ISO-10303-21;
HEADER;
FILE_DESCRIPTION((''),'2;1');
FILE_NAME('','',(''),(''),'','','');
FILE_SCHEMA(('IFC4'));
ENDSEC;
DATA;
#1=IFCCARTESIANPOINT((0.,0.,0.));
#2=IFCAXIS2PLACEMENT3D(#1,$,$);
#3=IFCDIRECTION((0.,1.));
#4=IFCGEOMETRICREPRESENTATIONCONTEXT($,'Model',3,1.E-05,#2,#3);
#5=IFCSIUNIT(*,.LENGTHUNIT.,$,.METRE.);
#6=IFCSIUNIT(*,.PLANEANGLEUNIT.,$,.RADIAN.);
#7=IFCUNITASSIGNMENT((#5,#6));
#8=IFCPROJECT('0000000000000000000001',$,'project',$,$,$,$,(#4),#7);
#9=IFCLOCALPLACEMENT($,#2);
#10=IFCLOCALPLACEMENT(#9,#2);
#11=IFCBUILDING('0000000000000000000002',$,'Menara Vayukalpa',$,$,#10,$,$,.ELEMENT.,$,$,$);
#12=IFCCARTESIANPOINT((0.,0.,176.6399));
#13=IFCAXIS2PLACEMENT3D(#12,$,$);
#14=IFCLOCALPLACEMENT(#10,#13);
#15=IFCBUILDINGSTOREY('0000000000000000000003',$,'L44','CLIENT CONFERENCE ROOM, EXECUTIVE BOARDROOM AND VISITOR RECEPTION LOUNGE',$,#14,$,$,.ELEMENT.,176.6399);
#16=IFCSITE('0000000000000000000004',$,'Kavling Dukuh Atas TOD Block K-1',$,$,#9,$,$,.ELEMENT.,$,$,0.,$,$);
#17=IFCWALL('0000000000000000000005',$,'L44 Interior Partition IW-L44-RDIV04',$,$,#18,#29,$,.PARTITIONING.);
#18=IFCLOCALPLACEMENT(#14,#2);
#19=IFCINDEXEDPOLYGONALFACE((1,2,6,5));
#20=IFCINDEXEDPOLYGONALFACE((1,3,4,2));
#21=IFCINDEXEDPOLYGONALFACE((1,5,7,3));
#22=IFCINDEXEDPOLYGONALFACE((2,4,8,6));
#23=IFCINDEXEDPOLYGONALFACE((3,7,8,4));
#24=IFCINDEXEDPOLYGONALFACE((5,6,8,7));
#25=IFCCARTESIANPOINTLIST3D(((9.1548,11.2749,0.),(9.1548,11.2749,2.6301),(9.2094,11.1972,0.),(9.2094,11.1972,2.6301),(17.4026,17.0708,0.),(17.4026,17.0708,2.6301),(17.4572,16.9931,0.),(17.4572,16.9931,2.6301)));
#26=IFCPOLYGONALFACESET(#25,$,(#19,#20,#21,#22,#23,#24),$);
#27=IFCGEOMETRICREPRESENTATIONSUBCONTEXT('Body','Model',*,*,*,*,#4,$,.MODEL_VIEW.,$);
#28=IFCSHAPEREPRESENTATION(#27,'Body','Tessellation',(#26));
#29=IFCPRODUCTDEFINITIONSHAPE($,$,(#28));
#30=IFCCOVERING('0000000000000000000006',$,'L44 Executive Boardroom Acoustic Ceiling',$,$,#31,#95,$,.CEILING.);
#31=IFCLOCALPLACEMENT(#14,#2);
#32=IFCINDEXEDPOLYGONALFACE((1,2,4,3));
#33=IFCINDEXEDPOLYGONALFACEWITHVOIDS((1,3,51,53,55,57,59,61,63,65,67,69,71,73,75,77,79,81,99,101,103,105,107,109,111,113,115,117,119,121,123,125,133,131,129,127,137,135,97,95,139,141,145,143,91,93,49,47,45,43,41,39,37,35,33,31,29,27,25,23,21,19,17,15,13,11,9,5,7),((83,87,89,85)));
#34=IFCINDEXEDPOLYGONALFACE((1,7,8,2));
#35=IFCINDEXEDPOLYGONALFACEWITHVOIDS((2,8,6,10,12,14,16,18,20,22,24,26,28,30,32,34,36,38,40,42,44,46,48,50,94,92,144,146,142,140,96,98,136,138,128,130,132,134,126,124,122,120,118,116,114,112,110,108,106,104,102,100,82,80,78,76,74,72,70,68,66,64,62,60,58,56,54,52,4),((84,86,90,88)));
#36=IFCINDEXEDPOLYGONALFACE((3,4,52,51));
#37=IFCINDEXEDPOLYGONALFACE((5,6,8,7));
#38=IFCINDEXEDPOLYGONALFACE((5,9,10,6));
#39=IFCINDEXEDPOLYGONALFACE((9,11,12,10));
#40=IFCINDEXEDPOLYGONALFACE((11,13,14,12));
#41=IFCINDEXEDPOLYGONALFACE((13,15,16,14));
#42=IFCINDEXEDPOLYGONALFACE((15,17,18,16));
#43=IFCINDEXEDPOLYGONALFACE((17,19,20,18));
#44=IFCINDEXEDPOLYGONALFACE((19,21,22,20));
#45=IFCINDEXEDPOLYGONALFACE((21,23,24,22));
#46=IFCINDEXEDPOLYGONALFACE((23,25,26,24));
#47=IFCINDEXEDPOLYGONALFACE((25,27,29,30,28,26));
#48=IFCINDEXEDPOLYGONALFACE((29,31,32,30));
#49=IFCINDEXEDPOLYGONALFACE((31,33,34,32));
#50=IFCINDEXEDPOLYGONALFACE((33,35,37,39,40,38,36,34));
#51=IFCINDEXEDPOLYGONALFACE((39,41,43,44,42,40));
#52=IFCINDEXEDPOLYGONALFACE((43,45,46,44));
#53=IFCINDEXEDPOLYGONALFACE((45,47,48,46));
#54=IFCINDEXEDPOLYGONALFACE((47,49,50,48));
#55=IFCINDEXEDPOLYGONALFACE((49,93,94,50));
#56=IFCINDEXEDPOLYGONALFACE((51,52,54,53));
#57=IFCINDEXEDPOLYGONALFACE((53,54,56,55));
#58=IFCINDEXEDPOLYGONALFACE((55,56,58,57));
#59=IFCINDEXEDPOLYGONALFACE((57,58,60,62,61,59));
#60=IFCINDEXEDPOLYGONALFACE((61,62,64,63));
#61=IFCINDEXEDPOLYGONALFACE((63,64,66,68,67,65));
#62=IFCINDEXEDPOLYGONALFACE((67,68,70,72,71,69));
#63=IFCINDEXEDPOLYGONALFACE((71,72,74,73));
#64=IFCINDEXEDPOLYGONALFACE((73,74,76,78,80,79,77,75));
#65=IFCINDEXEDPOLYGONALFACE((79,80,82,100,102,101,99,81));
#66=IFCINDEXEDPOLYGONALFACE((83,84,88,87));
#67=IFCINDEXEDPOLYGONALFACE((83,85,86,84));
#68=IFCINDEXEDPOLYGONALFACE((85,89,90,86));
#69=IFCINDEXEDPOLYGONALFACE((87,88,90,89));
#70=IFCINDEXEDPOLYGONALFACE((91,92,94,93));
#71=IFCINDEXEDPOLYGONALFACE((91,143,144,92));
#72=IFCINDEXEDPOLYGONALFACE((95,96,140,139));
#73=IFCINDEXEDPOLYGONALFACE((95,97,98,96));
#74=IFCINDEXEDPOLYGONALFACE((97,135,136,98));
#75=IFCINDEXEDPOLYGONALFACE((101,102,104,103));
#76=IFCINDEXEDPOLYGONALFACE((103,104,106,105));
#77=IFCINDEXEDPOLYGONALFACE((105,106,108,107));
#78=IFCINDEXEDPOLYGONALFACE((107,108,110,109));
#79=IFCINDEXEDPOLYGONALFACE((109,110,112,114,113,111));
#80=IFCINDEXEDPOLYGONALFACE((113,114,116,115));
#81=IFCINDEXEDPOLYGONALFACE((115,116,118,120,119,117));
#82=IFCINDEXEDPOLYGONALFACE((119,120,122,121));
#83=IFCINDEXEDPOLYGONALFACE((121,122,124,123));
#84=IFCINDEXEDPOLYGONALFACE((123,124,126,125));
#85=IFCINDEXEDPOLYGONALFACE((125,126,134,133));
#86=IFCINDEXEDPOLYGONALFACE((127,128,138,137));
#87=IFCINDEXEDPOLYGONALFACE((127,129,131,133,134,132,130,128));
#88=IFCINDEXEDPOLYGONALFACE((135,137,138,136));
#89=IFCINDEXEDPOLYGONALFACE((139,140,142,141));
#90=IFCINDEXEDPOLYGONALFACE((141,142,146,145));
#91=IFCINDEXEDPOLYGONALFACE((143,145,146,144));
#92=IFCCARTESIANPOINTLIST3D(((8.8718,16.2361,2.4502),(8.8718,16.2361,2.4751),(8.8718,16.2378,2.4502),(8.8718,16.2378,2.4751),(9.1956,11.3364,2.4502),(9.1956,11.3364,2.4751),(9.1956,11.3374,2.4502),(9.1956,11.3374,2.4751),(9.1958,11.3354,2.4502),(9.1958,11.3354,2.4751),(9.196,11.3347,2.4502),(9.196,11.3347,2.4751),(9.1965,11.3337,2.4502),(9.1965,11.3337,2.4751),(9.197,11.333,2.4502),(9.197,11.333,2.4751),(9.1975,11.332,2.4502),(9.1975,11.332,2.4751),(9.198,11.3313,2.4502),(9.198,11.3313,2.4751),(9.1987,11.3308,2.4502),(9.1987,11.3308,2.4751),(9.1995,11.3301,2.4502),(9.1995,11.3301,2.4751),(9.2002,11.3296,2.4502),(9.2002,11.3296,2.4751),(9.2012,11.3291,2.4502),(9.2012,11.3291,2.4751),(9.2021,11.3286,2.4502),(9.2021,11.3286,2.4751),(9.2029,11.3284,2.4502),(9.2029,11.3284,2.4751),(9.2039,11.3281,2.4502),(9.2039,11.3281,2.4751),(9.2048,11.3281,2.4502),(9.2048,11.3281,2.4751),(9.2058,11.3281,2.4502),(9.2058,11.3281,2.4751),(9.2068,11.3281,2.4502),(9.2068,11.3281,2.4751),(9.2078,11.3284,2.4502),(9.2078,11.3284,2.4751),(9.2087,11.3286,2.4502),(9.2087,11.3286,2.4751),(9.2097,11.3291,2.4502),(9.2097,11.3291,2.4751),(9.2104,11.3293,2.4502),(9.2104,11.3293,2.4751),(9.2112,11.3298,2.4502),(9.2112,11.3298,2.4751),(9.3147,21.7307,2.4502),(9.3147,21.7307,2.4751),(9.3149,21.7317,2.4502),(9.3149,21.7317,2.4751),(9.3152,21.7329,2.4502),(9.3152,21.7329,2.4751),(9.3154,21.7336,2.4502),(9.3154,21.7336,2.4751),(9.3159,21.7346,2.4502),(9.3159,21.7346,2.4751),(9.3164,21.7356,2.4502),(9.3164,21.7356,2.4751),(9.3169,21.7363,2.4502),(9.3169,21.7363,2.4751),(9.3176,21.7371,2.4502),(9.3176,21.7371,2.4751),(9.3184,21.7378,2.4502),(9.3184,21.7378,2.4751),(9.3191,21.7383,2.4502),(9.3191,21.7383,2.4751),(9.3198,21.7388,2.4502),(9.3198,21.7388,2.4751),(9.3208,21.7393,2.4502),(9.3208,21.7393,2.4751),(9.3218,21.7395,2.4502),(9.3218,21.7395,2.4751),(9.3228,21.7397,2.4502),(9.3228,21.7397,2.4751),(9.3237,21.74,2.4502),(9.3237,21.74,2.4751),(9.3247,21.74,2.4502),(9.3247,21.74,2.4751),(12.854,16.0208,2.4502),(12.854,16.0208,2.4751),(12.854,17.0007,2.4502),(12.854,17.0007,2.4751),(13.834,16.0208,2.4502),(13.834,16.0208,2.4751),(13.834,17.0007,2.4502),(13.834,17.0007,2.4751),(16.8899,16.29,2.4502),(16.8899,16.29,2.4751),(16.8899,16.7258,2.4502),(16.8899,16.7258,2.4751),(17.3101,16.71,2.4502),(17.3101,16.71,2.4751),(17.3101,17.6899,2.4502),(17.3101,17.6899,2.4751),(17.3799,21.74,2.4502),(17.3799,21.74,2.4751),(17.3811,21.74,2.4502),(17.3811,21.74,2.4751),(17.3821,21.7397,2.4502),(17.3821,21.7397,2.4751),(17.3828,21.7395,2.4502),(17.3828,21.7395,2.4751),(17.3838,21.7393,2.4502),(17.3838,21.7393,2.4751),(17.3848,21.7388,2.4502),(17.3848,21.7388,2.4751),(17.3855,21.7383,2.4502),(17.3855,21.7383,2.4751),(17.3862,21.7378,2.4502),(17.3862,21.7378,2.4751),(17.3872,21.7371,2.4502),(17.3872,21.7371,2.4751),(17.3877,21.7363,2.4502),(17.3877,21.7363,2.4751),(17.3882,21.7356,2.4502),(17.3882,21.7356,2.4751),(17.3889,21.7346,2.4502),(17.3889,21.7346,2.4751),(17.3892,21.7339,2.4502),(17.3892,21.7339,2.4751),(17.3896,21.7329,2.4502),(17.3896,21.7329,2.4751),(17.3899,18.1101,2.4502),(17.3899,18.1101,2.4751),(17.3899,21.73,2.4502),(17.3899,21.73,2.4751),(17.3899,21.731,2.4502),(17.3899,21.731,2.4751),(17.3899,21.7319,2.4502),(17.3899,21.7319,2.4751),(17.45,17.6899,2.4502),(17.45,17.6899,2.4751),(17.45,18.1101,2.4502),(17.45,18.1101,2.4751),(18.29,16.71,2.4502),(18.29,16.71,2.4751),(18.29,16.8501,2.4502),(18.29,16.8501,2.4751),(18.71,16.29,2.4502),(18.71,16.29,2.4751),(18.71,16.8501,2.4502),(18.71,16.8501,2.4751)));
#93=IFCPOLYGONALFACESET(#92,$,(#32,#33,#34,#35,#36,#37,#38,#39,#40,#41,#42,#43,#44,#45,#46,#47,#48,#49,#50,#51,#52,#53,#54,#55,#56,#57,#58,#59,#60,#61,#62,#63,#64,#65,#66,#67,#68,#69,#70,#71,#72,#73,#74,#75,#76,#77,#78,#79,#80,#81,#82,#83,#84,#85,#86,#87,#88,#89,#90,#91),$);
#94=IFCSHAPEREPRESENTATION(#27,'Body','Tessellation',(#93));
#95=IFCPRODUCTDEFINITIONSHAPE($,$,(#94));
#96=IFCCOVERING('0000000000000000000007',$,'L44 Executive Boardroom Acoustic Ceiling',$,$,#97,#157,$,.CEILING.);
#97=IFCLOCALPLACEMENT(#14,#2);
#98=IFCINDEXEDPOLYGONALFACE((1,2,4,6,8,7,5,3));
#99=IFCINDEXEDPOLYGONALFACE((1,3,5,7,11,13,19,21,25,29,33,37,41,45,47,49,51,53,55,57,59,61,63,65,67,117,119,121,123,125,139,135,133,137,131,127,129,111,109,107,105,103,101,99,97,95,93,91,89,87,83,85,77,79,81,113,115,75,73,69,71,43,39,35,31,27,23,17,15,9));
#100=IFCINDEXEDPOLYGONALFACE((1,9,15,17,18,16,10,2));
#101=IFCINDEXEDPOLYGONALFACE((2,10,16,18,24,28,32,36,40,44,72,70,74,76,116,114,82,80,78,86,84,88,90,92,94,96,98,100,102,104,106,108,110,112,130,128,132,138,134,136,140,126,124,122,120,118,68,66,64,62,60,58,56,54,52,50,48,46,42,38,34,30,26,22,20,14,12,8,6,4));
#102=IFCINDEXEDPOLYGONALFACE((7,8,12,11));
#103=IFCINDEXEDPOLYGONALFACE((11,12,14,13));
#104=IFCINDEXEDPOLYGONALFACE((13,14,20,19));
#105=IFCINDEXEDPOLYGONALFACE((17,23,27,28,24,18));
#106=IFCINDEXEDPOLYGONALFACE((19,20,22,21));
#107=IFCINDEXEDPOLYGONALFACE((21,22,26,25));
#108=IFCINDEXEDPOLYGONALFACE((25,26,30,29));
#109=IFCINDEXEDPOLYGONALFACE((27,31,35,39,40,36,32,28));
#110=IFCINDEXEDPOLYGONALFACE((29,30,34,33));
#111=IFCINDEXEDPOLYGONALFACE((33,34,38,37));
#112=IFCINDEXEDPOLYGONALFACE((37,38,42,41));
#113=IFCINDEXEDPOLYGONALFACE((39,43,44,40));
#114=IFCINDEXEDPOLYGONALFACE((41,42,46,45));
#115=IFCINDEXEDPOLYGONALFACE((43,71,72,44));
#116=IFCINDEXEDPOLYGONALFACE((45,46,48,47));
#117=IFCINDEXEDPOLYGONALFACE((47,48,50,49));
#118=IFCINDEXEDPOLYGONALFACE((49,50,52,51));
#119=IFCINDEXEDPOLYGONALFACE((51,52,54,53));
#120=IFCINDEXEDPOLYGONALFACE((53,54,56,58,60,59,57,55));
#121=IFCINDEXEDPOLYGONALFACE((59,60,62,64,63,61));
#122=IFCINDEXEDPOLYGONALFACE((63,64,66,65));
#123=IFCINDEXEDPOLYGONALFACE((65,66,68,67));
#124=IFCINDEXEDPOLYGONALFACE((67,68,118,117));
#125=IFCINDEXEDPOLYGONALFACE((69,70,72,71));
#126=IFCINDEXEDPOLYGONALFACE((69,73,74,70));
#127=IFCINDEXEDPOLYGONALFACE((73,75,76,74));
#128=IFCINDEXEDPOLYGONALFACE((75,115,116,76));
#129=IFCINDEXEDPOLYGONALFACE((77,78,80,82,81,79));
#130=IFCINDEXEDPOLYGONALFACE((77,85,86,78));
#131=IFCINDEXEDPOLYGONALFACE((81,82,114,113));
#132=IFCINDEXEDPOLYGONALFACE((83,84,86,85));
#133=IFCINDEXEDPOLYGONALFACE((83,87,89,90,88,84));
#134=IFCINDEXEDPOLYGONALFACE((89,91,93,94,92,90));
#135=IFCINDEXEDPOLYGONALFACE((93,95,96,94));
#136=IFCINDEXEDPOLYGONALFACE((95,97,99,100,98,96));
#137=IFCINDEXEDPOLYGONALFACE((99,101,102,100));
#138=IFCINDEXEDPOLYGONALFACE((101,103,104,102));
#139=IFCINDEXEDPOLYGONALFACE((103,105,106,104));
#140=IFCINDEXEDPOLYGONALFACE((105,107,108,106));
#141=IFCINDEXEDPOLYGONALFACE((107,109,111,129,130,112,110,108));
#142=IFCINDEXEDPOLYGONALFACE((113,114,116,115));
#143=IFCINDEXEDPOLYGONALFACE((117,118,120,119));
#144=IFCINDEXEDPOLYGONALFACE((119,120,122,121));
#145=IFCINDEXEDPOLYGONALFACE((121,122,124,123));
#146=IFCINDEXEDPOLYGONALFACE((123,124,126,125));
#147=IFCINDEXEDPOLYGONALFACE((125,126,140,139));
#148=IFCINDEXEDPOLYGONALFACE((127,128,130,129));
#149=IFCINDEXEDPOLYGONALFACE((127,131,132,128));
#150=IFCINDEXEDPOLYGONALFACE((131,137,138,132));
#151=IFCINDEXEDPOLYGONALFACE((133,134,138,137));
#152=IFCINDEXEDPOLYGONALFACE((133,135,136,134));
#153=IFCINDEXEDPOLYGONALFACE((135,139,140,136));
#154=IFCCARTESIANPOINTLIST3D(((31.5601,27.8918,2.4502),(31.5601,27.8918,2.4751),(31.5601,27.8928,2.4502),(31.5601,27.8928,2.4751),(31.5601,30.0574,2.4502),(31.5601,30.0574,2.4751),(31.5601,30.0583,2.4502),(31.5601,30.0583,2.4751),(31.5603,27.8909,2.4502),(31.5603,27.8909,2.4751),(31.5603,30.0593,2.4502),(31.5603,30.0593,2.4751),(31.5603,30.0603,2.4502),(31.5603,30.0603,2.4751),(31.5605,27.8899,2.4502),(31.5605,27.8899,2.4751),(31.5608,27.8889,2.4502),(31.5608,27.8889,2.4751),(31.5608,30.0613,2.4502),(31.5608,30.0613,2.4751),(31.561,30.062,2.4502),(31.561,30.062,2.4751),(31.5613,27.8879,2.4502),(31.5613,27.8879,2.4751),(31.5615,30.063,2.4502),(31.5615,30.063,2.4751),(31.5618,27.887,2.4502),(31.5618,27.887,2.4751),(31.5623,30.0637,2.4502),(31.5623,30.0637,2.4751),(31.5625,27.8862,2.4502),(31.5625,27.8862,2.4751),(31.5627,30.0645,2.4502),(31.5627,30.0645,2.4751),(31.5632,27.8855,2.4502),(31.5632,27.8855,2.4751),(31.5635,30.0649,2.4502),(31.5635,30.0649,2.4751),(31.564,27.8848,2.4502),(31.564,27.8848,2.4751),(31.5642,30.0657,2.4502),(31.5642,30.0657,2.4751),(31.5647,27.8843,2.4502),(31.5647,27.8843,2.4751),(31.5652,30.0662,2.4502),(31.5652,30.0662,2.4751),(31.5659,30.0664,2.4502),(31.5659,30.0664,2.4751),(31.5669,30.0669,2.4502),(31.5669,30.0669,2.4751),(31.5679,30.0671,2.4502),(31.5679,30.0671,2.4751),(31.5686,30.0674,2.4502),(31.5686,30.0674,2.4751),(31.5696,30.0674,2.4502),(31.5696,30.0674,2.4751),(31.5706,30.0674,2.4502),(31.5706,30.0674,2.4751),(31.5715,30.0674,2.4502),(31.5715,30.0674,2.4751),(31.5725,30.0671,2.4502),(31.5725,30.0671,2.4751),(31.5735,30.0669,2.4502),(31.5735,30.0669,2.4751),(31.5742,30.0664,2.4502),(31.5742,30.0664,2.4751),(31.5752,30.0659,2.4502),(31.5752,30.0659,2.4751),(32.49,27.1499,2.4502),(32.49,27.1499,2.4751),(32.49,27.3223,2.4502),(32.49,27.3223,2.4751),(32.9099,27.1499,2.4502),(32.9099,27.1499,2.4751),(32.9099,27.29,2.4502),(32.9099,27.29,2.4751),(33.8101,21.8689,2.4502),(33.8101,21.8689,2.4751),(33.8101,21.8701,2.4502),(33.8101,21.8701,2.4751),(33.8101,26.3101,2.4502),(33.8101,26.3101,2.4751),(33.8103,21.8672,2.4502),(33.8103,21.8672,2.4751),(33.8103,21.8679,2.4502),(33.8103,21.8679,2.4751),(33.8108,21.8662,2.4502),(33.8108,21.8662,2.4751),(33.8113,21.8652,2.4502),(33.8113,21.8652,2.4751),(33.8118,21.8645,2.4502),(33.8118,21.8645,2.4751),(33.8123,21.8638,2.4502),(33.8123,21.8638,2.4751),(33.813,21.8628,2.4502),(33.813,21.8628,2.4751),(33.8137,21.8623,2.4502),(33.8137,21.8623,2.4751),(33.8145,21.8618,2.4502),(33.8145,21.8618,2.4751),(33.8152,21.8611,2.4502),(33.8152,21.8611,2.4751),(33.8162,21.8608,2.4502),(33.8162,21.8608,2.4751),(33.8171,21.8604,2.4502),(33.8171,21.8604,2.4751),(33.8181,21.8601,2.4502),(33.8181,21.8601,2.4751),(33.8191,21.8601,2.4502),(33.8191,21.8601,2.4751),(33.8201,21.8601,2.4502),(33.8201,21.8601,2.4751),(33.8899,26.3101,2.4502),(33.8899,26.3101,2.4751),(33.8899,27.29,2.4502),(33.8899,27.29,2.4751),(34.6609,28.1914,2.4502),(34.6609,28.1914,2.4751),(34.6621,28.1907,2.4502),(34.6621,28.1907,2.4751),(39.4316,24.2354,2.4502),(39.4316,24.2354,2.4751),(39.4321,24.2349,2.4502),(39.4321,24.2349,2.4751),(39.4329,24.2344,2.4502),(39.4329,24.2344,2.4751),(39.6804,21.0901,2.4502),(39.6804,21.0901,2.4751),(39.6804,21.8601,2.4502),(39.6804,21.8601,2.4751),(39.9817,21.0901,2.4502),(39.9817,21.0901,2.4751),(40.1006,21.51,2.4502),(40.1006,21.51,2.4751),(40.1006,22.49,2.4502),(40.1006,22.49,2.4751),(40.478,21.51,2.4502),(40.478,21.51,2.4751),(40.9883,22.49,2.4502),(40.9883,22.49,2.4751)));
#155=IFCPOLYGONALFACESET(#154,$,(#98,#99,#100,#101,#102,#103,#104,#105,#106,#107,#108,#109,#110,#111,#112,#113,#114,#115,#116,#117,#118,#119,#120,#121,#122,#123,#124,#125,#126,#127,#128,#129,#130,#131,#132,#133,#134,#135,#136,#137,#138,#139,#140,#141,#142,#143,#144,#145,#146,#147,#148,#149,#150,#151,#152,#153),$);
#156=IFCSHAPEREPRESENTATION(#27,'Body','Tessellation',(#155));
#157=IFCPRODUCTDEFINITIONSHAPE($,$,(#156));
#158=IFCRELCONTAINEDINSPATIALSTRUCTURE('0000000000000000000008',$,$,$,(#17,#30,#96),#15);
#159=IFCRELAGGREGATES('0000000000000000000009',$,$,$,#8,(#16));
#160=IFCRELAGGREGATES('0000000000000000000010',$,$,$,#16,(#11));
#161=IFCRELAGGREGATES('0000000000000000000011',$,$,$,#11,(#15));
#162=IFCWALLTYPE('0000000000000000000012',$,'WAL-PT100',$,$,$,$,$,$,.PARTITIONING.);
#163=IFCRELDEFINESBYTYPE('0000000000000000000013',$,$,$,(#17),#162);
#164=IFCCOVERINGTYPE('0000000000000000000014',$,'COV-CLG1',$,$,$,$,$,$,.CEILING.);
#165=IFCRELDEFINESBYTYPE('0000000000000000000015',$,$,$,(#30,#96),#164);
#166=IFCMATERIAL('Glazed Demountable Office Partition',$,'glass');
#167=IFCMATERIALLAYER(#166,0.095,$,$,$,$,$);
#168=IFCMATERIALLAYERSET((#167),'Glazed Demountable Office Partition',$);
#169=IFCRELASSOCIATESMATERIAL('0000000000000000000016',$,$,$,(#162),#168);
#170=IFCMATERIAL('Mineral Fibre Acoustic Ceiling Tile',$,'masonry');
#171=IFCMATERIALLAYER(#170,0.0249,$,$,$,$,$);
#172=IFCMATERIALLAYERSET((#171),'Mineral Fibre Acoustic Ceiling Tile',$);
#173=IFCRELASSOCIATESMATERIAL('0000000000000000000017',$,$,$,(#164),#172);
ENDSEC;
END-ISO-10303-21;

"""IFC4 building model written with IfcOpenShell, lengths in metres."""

from ifc_helpers import new_model, si_unit, direction, frame, frame_2d, origin, place, context, subcontext, project, spatial, polyline, rectangle, outline, extrude, material, layer, layer_set, type_object, element, save


model = new_model("IFC4")

# Units and contexts
model_context = context("Model", 3, precision=1e-05, world=origin(), true_north=direction((0.0, 1.0)))
body_context = subcontext(model_context, "Body", "Model", "MODEL_VIEW")
ifc_project = project(units=[si_unit("LENGTHUNIT", "METRE"), si_unit("PLANEANGLEUNIT", "RADIAN")], contexts=[model_context])

# Site, building, storey
site_placement = place(None, origin())
site = spatial("IfcSite", under=ifc_project, at=site_placement, Name="Kavling Dukuh Atas TOD Block K-1", CompositionType="ELEMENT", RefElevation=0.0)
building_placement = place(site_placement, origin())
building = spatial("IfcBuilding", under=site, at=building_placement, Name="Menara Vayukalpa", CompositionType="ELEMENT")
storey_placement = place(building_placement, frame((0.0, 0.0, 176.6399)))
storey = spatial("IfcBuildingStorey", under=building, at=storey_placement, Name="L44", Description="CLIENT CONFERENCE ROOM, EXECUTIVE BOARDROOM AND VISITOR RECEPTION LOUNGE", CompositionType="ELEMENT", Elevation=176.6399)

# Wall
ifc_material_1 = material(Name="Glazed Demountable Office Partition", Category="glass")
ifc_layer_1 = layer(ifc_material_1, 0.095)
ifc_layer_set_1 = layer_set([ifc_layer_1], Name="Glazed Demountable Office Partition")
wall_type_1 = type_object("IfcWallType", Name="WAL-PT100", PredefinedType="PARTITIONING", material=ifc_layer_set_1)
wall_1_placement = place(storey_placement, frame((9.1821, 11.2361, 0.0), z_axis=(0.0, 0.0, 1.0), x_axis=(0.818185, 0.574955, 0.0)))
element("IfcWall", 1, at=wall_1_placement, inside=storey, type_object=wall_type_1, Name="L44 Interior Partition IW-L44-RDIV04", PredefinedType="PARTITIONING", context=body_context, shape_type="SweptSolid", body=[
    extrude(rectangle(XDim=10.0806, YDim=0.095, at=frame_2d((5.0403, 0.0))), origin(), (0.0, 0.0, 1.0), 2.6301),
])

# Coverings
ifc_material_2 = material(Name="Mineral Fibre Acoustic Ceiling Tile", Category="masonry")
ifc_layer_2 = layer(ifc_material_2, 0.0249)
ifc_layer_set_2 = layer_set([ifc_layer_2], Name="Mineral Fibre Acoustic Ceiling Tile")
covering_type_1 = type_object("IfcCoveringType", Name="COV-CLG1", PredefinedType="CEILING", material=ifc_layer_set_2)
covering_1_placement = place(storey_placement, frame((0.0, 0.0, 2.4502)))
element("IfcCovering", 2, at=covering_1_placement, inside=storey, type_object=covering_type_1, Name="L44 Executive Boardroom Acoustic Ceiling", PredefinedType="CEILING", context=body_context, shape_type="SweptSolid", body=[
    extrude(outline(polyline([(9.3149, 21.7317), (9.3152, 21.7329), (9.3154, 21.7336), (9.3159, 21.7346), (9.3164, 21.7356), (9.3169, 21.7363), (9.3176, 21.7371), (9.3184, 21.7378), (9.3191, 21.7383), (9.3198, 21.7388), (9.3208, 21.7393), (9.3218, 21.7395), (9.3228, 21.7397), (9.3237, 21.74), (9.3247, 21.74), (17.3799, 21.74), (17.3811, 21.74), (17.3821, 21.7397), (17.3828, 21.7395), (17.3838, 21.7393), (17.3848, 21.7388), (17.3855, 21.7383), (17.3862, 21.7378), (17.3872, 21.7371), (17.3877, 21.7363), (17.3882, 21.7356), (17.3889, 21.7346), (17.3892, 21.7339), (17.3896, 21.7329), (17.3899, 21.7319), (17.3899, 21.731), (17.3899, 21.73), (17.3899, 18.1101), (17.45, 18.1101), (17.45, 17.6899), (17.3101, 17.6899), (17.3101, 16.71), (18.29, 16.71), (18.29, 16.8501), (18.71, 16.8501), (18.71, 16.29), (16.8899, 16.29), (16.8899, 16.7258), (9.2112, 11.3298), (9.2104, 11.3293), (9.2097, 11.3291), (9.2087, 11.3286), (9.2078, 11.3284), (9.2068, 11.3281), (9.2058, 11.3281), (9.2048, 11.3281), (9.2039, 11.3281), (9.2029, 11.3284), (9.2021, 11.3286), (9.2012, 11.3291), (9.2002, 11.3296), (9.1995, 11.3301), (9.1987, 11.3308), (9.198, 11.3313), (9.1975, 11.332), (9.197, 11.333), (9.1965, 11.3337), (9.196, 11.3347), (9.1958, 11.3354), (9.1956, 11.3364), (9.1956, 11.3374), (8.8718, 16.2361), (8.8718, 16.2378), (9.3147, 21.7307), (9.3149, 21.7317)]), holes=[polyline([(13.834, 17.0007), (12.854, 17.0007), (12.854, 16.0208), (13.834, 16.0208), (13.834, 17.0007)])]), origin(), (0.0, 0.0, 1.0), 0.0249),
])
covering_2_placement = place(storey_placement, frame((0.0, 0.0, 2.4502)))
element("IfcCovering", 3, at=covering_2_placement, inside=storey, type_object=covering_type_1, Name="L44 Executive Boardroom Acoustic Ceiling", PredefinedType="CEILING", context=body_context, shape_type="SweptSolid", body=[
    extrude(outline(polyline([(33.8201, 21.8601), (33.8191, 21.8601), (33.8181, 21.8601), (33.8171, 21.8604), (33.8162, 21.8608), (33.8152, 21.8611), (33.8145, 21.8618), (33.8137, 21.8623), (33.813, 21.8628), (33.8123, 21.8638), (33.8118, 21.8645), (33.8113, 21.8652), (33.8108, 21.8662), (33.8103, 21.8672), (33.8103, 21.8679), (33.8101, 21.8689), (33.8101, 21.8701), (33.8101, 26.3101), (33.8899, 26.3101), (33.8899, 27.29), (32.9099, 27.29), (32.9099, 27.1499), (32.49, 27.1499), (32.49, 27.3223), (31.5647, 27.8843), (31.564, 27.8848), (31.5632, 27.8855), (31.5625, 27.8862), (31.5618, 27.887), (31.5613, 27.8879), (31.5608, 27.8889), (31.5605, 27.8899), (31.5603, 27.8909), (31.5601, 27.8918), (31.5601, 27.8928), (31.5601, 30.0574), (31.5601, 30.0583), (31.5603, 30.0593), (31.5603, 30.0603), (31.5608, 30.0613), (31.561, 30.062), (31.5615, 30.063), (31.5623, 30.0637), (31.5627, 30.0645), (31.5635, 30.0649), (31.5642, 30.0657), (31.5652, 30.0662), (31.5659, 30.0664), (31.5669, 30.0669), (31.5679, 30.0671), (31.5686, 30.0674), (31.5696, 30.0674), (31.5706, 30.0674), (31.5715, 30.0674), (31.5725, 30.0671), (31.5735, 30.0669), (31.5742, 30.0664), (31.5752, 30.0659), (34.6609, 28.1914), (34.6621, 28.1907), (39.4316, 24.2354), (39.4321, 24.2349), (39.4329, 24.2344), (40.9883, 22.49), (40.1006, 22.49), (40.1006, 21.51), (40.478, 21.51), (39.9817, 21.0901), (39.6804, 21.0901), (39.6804, 21.8601), (33.8201, 21.8601)])), origin(), (0.0, 0.0, 1.0), 0.0249),
])

save(model, "model.ifc")
